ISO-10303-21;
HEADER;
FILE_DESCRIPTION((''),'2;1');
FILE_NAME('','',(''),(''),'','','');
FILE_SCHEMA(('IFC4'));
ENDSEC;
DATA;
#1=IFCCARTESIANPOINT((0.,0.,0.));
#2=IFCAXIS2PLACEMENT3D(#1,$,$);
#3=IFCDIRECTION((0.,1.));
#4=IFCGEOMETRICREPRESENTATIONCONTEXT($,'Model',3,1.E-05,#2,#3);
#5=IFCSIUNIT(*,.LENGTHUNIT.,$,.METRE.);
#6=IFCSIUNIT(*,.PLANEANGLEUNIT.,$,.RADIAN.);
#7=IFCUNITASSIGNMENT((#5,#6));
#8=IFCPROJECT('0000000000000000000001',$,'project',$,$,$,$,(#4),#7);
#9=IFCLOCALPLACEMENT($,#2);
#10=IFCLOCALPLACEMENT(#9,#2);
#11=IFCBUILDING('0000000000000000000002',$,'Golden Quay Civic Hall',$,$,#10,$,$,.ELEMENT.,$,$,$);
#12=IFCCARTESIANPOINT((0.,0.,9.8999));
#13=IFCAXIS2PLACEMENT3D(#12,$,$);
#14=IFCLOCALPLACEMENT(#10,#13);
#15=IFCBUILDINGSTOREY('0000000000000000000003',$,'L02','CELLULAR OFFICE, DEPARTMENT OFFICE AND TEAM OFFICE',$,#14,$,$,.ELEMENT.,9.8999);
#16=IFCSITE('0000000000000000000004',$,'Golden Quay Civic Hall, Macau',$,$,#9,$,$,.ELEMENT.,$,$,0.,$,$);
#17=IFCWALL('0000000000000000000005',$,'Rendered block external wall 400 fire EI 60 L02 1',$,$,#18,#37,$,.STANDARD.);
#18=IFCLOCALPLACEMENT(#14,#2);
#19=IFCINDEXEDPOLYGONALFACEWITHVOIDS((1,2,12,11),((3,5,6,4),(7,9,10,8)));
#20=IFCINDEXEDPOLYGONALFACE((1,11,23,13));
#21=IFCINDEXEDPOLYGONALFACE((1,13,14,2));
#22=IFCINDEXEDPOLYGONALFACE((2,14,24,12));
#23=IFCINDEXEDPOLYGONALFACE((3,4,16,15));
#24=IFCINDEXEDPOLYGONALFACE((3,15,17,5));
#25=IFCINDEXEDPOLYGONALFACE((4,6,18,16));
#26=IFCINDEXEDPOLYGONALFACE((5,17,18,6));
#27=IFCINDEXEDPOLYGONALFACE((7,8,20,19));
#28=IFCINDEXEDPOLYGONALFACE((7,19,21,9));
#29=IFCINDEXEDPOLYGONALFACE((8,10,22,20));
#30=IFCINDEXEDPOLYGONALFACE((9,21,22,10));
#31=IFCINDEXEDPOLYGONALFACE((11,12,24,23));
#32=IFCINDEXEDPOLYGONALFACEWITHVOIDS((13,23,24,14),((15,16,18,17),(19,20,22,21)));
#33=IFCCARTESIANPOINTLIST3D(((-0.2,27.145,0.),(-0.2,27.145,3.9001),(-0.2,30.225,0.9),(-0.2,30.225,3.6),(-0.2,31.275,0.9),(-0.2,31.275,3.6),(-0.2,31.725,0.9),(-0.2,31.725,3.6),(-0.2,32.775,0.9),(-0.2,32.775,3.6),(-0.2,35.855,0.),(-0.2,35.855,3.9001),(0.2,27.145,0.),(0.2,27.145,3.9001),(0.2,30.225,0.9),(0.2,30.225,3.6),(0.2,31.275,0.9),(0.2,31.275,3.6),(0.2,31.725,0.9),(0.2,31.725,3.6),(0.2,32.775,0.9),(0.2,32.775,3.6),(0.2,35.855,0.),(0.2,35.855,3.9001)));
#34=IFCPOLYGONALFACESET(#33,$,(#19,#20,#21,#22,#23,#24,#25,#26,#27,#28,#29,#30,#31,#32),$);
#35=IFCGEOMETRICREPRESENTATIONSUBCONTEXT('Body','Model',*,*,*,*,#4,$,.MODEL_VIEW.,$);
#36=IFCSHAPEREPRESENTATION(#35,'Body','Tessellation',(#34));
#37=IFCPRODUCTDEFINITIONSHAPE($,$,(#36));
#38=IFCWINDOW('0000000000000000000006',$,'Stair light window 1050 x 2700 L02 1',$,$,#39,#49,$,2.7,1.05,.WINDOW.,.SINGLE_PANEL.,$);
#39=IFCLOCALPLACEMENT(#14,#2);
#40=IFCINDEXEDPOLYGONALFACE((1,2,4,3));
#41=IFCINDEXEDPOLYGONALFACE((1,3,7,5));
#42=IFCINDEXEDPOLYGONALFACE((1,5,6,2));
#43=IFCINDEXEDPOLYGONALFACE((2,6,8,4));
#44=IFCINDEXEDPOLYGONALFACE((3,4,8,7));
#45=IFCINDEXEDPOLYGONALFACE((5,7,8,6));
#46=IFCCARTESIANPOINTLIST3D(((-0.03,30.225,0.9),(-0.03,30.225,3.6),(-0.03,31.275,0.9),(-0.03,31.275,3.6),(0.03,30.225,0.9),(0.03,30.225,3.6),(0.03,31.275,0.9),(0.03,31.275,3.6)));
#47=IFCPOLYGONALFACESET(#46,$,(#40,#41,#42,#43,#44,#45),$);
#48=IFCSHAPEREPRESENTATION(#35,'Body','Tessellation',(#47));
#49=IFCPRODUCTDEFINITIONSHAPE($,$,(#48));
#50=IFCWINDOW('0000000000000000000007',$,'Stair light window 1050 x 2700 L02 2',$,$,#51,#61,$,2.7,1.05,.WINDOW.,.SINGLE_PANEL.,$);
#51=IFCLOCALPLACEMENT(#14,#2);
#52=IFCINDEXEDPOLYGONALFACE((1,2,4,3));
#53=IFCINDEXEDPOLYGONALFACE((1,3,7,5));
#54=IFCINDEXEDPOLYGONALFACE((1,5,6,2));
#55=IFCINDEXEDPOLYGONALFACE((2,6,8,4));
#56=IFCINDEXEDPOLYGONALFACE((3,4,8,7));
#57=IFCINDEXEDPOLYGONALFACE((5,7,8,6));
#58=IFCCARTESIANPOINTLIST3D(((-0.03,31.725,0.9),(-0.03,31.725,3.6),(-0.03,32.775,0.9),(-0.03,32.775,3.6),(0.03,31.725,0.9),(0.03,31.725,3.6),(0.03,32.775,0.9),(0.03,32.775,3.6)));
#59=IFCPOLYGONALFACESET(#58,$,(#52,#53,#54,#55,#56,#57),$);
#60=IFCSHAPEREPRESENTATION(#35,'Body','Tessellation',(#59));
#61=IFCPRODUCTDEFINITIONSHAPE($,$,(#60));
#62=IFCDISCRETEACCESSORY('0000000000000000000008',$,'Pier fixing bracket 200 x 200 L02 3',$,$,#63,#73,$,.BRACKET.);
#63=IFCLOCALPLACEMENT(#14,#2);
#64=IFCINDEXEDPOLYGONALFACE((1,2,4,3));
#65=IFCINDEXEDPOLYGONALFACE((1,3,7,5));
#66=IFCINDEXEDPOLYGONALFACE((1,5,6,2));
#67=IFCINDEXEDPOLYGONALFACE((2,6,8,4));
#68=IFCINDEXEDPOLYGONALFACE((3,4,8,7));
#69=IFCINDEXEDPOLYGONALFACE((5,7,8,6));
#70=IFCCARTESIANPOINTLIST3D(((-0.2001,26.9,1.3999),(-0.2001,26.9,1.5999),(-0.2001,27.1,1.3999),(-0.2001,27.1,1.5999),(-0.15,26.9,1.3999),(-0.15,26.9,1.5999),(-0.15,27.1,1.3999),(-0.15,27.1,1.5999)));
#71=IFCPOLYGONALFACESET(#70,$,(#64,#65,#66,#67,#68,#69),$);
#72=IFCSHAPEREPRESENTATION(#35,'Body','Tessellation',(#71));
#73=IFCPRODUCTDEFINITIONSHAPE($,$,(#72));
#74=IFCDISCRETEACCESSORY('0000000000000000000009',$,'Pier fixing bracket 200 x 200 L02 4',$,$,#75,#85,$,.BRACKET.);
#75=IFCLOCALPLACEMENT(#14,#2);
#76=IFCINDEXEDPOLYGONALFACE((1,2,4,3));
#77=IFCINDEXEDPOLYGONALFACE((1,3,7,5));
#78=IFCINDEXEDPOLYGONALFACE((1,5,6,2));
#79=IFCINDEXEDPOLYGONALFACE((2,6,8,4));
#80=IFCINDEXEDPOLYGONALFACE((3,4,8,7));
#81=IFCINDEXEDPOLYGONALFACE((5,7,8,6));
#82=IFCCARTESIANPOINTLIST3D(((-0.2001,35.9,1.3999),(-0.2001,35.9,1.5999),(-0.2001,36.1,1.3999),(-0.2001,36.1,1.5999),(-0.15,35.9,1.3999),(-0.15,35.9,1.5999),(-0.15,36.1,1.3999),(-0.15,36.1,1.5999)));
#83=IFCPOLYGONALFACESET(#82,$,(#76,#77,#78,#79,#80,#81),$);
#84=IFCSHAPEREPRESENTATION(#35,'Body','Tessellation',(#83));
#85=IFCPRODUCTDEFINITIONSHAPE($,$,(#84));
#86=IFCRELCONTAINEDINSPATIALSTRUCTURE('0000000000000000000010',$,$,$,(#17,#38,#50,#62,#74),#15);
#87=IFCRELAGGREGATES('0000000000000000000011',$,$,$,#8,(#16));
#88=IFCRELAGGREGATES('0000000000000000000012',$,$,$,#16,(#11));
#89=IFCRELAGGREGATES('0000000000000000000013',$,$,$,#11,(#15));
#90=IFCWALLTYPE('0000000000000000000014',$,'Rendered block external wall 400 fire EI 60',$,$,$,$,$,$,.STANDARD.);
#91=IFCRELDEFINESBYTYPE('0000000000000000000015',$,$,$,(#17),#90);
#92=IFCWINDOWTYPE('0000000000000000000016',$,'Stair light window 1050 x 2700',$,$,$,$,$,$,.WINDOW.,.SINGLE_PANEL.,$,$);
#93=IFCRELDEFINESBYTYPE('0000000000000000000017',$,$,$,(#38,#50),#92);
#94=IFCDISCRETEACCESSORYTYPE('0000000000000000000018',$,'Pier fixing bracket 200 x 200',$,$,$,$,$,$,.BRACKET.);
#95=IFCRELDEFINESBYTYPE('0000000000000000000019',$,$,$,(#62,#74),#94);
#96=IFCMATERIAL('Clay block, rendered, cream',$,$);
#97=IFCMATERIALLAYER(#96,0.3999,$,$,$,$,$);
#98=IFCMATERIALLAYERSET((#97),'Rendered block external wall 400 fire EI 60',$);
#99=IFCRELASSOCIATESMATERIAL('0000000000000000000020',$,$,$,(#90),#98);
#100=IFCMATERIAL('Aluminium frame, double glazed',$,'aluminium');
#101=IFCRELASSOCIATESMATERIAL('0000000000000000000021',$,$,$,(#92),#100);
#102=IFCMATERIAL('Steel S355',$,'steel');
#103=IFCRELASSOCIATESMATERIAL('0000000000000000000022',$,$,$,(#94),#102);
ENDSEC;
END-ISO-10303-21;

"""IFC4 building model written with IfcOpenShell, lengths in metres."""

from ifc_helpers import new_model, si_unit, direction, frame, frame_2d, origin, origin_2d, place, context, subcontext, project, spatial, rectangle, extrude, material, layer, layer_set, type_object, element, fill, save


model = new_model("IFC4")

# Units and contexts
model_context = context("Model", 3, precision=1e-05, world=origin(), true_north=direction((0.0, 1.0)))
body_context = subcontext(model_context, "Body", "Model", "MODEL_VIEW")
ifc_project = project(units=[si_unit("LENGTHUNIT", "METRE"), si_unit("PLANEANGLEUNIT", "RADIAN")], contexts=[model_context])

# Site, building, storey
site_placement = place(None, origin())
site = spatial("IfcSite", under=ifc_project, at=site_placement, Name="Golden Quay Civic Hall, Macau", CompositionType="ELEMENT", RefElevation=0.0)
building_placement = place(site_placement, origin())
building = spatial("IfcBuilding", under=site, at=building_placement, Name="Golden Quay Civic Hall", CompositionType="ELEMENT")
storey_placement = place(building_placement, frame((0.0, 0.0, 9.8999)))
storey = spatial("IfcBuildingStorey", under=building, at=storey_placement, Name="L02", Description="CELLULAR OFFICE, DEPARTMENT OFFICE AND TEAM OFFICE", CompositionType="ELEMENT", Elevation=9.8999)

# Wall, openings, windows
ifc_material_1 = material(Name="Clay block, rendered, cream")
ifc_layer_1 = layer(ifc_material_1, 0.3999)
ifc_layer_set_1 = layer_set([ifc_layer_1], Name="Rendered block external wall 400 fire EI 60")
wall_type_1 = type_object("IfcWallType", Name="Rendered block external wall 400 fire EI 60", PredefinedType="STANDARD", material=ifc_layer_set_1)
wall_1_placement = place(storey_placement, frame((0.0, 27.145, 0.0), z_axis=(0.0, 0.0, 1.0), x_axis=(0.0, 1.0, 0.0)))
wall_1 = element("IfcWall", 1, at=wall_1_placement, inside=storey, type_object=wall_type_1, Name="Rendered block external wall 400 fire EI 60 L02 1", PredefinedType="STANDARD", context=body_context, shape_type="SweptSolid", body=[
    extrude(rectangle(XDim=8.71, YDim=0.3999, at=frame_2d((4.355, 0.0))), origin(), (0.0, 0.0, 1.0), 3.9001),
])
opening_1_placement = place(wall_1_placement, frame((3.0801, 0.0, 0.8999)))
opening_1 = element("IfcOpeningElement", 2, at=opening_1_placement, cuts=wall_1, PredefinedType="OPENING", context=body_context, shape_type="SweptSolid", body=[
    extrude(rectangle(XDim=1.05, YDim=2.7, at=frame_2d((0.5249, 1.3501))), frame((0.0, 0.21, 0.0), z_axis=(0.0, -1.0, 0.0), x_axis=(1.0, 0.0, 0.0)), (0.0, 0.0, 1.0), 0.4199),
])
opening_2_placement = place(wall_1_placement, frame((4.5801, 0.0, 0.8999)))
opening_2 = element("IfcOpeningElement", 3, at=opening_2_placement, cuts=wall_1, PredefinedType="OPENING", context=body_context, shape_type="SweptSolid", body=[
    extrude(rectangle(XDim=1.05, YDim=2.7, at=frame_2d((0.5249, 1.3501))), frame((0.0, 0.21, 0.0), z_axis=(0.0, -1.0, 0.0), x_axis=(1.0, 0.0, 0.0)), (0.0, 0.0, 1.0), 0.4199),
])
ifc_material_2 = material(Name="Aluminium frame, double glazed", Category="aluminium")
window_type_1 = type_object("IfcWindowType", Name="Stair light window 1050 x 2700", PartitioningType="SINGLE_PANEL", PredefinedType="WINDOW", material=ifc_material_2)
window_1_placement = place(opening_1_placement, origin())
window_1 = element("IfcWindow", 4, at=window_1_placement, inside=storey, type_object=window_type_1, Name="Stair light window 1050 x 2700 L02 1", OverallHeight=2.7, OverallWidth=1.05, PartitioningType="SINGLE_PANEL", PredefinedType="WINDOW", context=body_context, shape_type="SweptSolid", body=[
    extrude(rectangle(XDim=1.05, YDim=2.7, at=frame_2d((0.5249, 1.3501))), frame((0.0, 0.03, 0.0), z_axis=(0.0, -1.0, 0.0), x_axis=(1.0, 0.0, 0.0)), (0.0, 0.0, 1.0), 0.0601),
])
fill(opening_1, window_1)
window_2_placement = place(opening_2_placement, origin())
window_2 = element("IfcWindow", 5, at=window_2_placement, inside=storey, type_object=window_type_1, Name="Stair light window 1050 x 2700 L02 2", OverallHeight=2.7, OverallWidth=1.05, PartitioningType="SINGLE_PANEL", PredefinedType="WINDOW", context=body_context, shape_type="SweptSolid", body=[
    extrude(rectangle(XDim=1.05, YDim=2.7, at=frame_2d((0.5249, 1.3501))), frame((0.0, 0.03, 0.0), z_axis=(0.0, -1.0, 0.0), x_axis=(1.0, 0.0, 0.0)), (0.0, 0.0, 1.0), 0.0601),
])
fill(opening_2, window_2)

# Discrete accessories
ifc_material_3 = material(Name="Steel S355", Category="steel")
discrete_accessory_type = type_object("IfcDiscreteAccessoryType", Name="Pier fixing bracket 200 x 200", PredefinedType="BRACKET", material=ifc_material_3)
for number, where, z_axis, x_axis, name in (
    (6, (-0.175, 27.0, 1.3999), (0.0, 0.0, 1.0), (0.0, -1.0, 0.0), "Pier fixing bracket 200 x 200 L02 3"),
    (7, (-0.175, 36.0, 1.3999), (0.0, 0.0, 1.0), (0.0, -1.0, 0.0), "Pier fixing bracket 200 x 200 L02 4"),
):
    element("IfcDiscreteAccessory", number, at=place(storey_placement, frame(where, z_axis=z_axis, x_axis=x_axis)), inside=storey, type_object=discrete_accessory_type, Name=name, PredefinedType="BRACKET", context=body_context, shape_type="SweptSolid", body=[
        extrude(rectangle(XDim=0.2, YDim=0.05, at=origin_2d()), origin(), (0.0, 0.0, 1.0), 0.2),
    ])

save(model, "model.ifc")
